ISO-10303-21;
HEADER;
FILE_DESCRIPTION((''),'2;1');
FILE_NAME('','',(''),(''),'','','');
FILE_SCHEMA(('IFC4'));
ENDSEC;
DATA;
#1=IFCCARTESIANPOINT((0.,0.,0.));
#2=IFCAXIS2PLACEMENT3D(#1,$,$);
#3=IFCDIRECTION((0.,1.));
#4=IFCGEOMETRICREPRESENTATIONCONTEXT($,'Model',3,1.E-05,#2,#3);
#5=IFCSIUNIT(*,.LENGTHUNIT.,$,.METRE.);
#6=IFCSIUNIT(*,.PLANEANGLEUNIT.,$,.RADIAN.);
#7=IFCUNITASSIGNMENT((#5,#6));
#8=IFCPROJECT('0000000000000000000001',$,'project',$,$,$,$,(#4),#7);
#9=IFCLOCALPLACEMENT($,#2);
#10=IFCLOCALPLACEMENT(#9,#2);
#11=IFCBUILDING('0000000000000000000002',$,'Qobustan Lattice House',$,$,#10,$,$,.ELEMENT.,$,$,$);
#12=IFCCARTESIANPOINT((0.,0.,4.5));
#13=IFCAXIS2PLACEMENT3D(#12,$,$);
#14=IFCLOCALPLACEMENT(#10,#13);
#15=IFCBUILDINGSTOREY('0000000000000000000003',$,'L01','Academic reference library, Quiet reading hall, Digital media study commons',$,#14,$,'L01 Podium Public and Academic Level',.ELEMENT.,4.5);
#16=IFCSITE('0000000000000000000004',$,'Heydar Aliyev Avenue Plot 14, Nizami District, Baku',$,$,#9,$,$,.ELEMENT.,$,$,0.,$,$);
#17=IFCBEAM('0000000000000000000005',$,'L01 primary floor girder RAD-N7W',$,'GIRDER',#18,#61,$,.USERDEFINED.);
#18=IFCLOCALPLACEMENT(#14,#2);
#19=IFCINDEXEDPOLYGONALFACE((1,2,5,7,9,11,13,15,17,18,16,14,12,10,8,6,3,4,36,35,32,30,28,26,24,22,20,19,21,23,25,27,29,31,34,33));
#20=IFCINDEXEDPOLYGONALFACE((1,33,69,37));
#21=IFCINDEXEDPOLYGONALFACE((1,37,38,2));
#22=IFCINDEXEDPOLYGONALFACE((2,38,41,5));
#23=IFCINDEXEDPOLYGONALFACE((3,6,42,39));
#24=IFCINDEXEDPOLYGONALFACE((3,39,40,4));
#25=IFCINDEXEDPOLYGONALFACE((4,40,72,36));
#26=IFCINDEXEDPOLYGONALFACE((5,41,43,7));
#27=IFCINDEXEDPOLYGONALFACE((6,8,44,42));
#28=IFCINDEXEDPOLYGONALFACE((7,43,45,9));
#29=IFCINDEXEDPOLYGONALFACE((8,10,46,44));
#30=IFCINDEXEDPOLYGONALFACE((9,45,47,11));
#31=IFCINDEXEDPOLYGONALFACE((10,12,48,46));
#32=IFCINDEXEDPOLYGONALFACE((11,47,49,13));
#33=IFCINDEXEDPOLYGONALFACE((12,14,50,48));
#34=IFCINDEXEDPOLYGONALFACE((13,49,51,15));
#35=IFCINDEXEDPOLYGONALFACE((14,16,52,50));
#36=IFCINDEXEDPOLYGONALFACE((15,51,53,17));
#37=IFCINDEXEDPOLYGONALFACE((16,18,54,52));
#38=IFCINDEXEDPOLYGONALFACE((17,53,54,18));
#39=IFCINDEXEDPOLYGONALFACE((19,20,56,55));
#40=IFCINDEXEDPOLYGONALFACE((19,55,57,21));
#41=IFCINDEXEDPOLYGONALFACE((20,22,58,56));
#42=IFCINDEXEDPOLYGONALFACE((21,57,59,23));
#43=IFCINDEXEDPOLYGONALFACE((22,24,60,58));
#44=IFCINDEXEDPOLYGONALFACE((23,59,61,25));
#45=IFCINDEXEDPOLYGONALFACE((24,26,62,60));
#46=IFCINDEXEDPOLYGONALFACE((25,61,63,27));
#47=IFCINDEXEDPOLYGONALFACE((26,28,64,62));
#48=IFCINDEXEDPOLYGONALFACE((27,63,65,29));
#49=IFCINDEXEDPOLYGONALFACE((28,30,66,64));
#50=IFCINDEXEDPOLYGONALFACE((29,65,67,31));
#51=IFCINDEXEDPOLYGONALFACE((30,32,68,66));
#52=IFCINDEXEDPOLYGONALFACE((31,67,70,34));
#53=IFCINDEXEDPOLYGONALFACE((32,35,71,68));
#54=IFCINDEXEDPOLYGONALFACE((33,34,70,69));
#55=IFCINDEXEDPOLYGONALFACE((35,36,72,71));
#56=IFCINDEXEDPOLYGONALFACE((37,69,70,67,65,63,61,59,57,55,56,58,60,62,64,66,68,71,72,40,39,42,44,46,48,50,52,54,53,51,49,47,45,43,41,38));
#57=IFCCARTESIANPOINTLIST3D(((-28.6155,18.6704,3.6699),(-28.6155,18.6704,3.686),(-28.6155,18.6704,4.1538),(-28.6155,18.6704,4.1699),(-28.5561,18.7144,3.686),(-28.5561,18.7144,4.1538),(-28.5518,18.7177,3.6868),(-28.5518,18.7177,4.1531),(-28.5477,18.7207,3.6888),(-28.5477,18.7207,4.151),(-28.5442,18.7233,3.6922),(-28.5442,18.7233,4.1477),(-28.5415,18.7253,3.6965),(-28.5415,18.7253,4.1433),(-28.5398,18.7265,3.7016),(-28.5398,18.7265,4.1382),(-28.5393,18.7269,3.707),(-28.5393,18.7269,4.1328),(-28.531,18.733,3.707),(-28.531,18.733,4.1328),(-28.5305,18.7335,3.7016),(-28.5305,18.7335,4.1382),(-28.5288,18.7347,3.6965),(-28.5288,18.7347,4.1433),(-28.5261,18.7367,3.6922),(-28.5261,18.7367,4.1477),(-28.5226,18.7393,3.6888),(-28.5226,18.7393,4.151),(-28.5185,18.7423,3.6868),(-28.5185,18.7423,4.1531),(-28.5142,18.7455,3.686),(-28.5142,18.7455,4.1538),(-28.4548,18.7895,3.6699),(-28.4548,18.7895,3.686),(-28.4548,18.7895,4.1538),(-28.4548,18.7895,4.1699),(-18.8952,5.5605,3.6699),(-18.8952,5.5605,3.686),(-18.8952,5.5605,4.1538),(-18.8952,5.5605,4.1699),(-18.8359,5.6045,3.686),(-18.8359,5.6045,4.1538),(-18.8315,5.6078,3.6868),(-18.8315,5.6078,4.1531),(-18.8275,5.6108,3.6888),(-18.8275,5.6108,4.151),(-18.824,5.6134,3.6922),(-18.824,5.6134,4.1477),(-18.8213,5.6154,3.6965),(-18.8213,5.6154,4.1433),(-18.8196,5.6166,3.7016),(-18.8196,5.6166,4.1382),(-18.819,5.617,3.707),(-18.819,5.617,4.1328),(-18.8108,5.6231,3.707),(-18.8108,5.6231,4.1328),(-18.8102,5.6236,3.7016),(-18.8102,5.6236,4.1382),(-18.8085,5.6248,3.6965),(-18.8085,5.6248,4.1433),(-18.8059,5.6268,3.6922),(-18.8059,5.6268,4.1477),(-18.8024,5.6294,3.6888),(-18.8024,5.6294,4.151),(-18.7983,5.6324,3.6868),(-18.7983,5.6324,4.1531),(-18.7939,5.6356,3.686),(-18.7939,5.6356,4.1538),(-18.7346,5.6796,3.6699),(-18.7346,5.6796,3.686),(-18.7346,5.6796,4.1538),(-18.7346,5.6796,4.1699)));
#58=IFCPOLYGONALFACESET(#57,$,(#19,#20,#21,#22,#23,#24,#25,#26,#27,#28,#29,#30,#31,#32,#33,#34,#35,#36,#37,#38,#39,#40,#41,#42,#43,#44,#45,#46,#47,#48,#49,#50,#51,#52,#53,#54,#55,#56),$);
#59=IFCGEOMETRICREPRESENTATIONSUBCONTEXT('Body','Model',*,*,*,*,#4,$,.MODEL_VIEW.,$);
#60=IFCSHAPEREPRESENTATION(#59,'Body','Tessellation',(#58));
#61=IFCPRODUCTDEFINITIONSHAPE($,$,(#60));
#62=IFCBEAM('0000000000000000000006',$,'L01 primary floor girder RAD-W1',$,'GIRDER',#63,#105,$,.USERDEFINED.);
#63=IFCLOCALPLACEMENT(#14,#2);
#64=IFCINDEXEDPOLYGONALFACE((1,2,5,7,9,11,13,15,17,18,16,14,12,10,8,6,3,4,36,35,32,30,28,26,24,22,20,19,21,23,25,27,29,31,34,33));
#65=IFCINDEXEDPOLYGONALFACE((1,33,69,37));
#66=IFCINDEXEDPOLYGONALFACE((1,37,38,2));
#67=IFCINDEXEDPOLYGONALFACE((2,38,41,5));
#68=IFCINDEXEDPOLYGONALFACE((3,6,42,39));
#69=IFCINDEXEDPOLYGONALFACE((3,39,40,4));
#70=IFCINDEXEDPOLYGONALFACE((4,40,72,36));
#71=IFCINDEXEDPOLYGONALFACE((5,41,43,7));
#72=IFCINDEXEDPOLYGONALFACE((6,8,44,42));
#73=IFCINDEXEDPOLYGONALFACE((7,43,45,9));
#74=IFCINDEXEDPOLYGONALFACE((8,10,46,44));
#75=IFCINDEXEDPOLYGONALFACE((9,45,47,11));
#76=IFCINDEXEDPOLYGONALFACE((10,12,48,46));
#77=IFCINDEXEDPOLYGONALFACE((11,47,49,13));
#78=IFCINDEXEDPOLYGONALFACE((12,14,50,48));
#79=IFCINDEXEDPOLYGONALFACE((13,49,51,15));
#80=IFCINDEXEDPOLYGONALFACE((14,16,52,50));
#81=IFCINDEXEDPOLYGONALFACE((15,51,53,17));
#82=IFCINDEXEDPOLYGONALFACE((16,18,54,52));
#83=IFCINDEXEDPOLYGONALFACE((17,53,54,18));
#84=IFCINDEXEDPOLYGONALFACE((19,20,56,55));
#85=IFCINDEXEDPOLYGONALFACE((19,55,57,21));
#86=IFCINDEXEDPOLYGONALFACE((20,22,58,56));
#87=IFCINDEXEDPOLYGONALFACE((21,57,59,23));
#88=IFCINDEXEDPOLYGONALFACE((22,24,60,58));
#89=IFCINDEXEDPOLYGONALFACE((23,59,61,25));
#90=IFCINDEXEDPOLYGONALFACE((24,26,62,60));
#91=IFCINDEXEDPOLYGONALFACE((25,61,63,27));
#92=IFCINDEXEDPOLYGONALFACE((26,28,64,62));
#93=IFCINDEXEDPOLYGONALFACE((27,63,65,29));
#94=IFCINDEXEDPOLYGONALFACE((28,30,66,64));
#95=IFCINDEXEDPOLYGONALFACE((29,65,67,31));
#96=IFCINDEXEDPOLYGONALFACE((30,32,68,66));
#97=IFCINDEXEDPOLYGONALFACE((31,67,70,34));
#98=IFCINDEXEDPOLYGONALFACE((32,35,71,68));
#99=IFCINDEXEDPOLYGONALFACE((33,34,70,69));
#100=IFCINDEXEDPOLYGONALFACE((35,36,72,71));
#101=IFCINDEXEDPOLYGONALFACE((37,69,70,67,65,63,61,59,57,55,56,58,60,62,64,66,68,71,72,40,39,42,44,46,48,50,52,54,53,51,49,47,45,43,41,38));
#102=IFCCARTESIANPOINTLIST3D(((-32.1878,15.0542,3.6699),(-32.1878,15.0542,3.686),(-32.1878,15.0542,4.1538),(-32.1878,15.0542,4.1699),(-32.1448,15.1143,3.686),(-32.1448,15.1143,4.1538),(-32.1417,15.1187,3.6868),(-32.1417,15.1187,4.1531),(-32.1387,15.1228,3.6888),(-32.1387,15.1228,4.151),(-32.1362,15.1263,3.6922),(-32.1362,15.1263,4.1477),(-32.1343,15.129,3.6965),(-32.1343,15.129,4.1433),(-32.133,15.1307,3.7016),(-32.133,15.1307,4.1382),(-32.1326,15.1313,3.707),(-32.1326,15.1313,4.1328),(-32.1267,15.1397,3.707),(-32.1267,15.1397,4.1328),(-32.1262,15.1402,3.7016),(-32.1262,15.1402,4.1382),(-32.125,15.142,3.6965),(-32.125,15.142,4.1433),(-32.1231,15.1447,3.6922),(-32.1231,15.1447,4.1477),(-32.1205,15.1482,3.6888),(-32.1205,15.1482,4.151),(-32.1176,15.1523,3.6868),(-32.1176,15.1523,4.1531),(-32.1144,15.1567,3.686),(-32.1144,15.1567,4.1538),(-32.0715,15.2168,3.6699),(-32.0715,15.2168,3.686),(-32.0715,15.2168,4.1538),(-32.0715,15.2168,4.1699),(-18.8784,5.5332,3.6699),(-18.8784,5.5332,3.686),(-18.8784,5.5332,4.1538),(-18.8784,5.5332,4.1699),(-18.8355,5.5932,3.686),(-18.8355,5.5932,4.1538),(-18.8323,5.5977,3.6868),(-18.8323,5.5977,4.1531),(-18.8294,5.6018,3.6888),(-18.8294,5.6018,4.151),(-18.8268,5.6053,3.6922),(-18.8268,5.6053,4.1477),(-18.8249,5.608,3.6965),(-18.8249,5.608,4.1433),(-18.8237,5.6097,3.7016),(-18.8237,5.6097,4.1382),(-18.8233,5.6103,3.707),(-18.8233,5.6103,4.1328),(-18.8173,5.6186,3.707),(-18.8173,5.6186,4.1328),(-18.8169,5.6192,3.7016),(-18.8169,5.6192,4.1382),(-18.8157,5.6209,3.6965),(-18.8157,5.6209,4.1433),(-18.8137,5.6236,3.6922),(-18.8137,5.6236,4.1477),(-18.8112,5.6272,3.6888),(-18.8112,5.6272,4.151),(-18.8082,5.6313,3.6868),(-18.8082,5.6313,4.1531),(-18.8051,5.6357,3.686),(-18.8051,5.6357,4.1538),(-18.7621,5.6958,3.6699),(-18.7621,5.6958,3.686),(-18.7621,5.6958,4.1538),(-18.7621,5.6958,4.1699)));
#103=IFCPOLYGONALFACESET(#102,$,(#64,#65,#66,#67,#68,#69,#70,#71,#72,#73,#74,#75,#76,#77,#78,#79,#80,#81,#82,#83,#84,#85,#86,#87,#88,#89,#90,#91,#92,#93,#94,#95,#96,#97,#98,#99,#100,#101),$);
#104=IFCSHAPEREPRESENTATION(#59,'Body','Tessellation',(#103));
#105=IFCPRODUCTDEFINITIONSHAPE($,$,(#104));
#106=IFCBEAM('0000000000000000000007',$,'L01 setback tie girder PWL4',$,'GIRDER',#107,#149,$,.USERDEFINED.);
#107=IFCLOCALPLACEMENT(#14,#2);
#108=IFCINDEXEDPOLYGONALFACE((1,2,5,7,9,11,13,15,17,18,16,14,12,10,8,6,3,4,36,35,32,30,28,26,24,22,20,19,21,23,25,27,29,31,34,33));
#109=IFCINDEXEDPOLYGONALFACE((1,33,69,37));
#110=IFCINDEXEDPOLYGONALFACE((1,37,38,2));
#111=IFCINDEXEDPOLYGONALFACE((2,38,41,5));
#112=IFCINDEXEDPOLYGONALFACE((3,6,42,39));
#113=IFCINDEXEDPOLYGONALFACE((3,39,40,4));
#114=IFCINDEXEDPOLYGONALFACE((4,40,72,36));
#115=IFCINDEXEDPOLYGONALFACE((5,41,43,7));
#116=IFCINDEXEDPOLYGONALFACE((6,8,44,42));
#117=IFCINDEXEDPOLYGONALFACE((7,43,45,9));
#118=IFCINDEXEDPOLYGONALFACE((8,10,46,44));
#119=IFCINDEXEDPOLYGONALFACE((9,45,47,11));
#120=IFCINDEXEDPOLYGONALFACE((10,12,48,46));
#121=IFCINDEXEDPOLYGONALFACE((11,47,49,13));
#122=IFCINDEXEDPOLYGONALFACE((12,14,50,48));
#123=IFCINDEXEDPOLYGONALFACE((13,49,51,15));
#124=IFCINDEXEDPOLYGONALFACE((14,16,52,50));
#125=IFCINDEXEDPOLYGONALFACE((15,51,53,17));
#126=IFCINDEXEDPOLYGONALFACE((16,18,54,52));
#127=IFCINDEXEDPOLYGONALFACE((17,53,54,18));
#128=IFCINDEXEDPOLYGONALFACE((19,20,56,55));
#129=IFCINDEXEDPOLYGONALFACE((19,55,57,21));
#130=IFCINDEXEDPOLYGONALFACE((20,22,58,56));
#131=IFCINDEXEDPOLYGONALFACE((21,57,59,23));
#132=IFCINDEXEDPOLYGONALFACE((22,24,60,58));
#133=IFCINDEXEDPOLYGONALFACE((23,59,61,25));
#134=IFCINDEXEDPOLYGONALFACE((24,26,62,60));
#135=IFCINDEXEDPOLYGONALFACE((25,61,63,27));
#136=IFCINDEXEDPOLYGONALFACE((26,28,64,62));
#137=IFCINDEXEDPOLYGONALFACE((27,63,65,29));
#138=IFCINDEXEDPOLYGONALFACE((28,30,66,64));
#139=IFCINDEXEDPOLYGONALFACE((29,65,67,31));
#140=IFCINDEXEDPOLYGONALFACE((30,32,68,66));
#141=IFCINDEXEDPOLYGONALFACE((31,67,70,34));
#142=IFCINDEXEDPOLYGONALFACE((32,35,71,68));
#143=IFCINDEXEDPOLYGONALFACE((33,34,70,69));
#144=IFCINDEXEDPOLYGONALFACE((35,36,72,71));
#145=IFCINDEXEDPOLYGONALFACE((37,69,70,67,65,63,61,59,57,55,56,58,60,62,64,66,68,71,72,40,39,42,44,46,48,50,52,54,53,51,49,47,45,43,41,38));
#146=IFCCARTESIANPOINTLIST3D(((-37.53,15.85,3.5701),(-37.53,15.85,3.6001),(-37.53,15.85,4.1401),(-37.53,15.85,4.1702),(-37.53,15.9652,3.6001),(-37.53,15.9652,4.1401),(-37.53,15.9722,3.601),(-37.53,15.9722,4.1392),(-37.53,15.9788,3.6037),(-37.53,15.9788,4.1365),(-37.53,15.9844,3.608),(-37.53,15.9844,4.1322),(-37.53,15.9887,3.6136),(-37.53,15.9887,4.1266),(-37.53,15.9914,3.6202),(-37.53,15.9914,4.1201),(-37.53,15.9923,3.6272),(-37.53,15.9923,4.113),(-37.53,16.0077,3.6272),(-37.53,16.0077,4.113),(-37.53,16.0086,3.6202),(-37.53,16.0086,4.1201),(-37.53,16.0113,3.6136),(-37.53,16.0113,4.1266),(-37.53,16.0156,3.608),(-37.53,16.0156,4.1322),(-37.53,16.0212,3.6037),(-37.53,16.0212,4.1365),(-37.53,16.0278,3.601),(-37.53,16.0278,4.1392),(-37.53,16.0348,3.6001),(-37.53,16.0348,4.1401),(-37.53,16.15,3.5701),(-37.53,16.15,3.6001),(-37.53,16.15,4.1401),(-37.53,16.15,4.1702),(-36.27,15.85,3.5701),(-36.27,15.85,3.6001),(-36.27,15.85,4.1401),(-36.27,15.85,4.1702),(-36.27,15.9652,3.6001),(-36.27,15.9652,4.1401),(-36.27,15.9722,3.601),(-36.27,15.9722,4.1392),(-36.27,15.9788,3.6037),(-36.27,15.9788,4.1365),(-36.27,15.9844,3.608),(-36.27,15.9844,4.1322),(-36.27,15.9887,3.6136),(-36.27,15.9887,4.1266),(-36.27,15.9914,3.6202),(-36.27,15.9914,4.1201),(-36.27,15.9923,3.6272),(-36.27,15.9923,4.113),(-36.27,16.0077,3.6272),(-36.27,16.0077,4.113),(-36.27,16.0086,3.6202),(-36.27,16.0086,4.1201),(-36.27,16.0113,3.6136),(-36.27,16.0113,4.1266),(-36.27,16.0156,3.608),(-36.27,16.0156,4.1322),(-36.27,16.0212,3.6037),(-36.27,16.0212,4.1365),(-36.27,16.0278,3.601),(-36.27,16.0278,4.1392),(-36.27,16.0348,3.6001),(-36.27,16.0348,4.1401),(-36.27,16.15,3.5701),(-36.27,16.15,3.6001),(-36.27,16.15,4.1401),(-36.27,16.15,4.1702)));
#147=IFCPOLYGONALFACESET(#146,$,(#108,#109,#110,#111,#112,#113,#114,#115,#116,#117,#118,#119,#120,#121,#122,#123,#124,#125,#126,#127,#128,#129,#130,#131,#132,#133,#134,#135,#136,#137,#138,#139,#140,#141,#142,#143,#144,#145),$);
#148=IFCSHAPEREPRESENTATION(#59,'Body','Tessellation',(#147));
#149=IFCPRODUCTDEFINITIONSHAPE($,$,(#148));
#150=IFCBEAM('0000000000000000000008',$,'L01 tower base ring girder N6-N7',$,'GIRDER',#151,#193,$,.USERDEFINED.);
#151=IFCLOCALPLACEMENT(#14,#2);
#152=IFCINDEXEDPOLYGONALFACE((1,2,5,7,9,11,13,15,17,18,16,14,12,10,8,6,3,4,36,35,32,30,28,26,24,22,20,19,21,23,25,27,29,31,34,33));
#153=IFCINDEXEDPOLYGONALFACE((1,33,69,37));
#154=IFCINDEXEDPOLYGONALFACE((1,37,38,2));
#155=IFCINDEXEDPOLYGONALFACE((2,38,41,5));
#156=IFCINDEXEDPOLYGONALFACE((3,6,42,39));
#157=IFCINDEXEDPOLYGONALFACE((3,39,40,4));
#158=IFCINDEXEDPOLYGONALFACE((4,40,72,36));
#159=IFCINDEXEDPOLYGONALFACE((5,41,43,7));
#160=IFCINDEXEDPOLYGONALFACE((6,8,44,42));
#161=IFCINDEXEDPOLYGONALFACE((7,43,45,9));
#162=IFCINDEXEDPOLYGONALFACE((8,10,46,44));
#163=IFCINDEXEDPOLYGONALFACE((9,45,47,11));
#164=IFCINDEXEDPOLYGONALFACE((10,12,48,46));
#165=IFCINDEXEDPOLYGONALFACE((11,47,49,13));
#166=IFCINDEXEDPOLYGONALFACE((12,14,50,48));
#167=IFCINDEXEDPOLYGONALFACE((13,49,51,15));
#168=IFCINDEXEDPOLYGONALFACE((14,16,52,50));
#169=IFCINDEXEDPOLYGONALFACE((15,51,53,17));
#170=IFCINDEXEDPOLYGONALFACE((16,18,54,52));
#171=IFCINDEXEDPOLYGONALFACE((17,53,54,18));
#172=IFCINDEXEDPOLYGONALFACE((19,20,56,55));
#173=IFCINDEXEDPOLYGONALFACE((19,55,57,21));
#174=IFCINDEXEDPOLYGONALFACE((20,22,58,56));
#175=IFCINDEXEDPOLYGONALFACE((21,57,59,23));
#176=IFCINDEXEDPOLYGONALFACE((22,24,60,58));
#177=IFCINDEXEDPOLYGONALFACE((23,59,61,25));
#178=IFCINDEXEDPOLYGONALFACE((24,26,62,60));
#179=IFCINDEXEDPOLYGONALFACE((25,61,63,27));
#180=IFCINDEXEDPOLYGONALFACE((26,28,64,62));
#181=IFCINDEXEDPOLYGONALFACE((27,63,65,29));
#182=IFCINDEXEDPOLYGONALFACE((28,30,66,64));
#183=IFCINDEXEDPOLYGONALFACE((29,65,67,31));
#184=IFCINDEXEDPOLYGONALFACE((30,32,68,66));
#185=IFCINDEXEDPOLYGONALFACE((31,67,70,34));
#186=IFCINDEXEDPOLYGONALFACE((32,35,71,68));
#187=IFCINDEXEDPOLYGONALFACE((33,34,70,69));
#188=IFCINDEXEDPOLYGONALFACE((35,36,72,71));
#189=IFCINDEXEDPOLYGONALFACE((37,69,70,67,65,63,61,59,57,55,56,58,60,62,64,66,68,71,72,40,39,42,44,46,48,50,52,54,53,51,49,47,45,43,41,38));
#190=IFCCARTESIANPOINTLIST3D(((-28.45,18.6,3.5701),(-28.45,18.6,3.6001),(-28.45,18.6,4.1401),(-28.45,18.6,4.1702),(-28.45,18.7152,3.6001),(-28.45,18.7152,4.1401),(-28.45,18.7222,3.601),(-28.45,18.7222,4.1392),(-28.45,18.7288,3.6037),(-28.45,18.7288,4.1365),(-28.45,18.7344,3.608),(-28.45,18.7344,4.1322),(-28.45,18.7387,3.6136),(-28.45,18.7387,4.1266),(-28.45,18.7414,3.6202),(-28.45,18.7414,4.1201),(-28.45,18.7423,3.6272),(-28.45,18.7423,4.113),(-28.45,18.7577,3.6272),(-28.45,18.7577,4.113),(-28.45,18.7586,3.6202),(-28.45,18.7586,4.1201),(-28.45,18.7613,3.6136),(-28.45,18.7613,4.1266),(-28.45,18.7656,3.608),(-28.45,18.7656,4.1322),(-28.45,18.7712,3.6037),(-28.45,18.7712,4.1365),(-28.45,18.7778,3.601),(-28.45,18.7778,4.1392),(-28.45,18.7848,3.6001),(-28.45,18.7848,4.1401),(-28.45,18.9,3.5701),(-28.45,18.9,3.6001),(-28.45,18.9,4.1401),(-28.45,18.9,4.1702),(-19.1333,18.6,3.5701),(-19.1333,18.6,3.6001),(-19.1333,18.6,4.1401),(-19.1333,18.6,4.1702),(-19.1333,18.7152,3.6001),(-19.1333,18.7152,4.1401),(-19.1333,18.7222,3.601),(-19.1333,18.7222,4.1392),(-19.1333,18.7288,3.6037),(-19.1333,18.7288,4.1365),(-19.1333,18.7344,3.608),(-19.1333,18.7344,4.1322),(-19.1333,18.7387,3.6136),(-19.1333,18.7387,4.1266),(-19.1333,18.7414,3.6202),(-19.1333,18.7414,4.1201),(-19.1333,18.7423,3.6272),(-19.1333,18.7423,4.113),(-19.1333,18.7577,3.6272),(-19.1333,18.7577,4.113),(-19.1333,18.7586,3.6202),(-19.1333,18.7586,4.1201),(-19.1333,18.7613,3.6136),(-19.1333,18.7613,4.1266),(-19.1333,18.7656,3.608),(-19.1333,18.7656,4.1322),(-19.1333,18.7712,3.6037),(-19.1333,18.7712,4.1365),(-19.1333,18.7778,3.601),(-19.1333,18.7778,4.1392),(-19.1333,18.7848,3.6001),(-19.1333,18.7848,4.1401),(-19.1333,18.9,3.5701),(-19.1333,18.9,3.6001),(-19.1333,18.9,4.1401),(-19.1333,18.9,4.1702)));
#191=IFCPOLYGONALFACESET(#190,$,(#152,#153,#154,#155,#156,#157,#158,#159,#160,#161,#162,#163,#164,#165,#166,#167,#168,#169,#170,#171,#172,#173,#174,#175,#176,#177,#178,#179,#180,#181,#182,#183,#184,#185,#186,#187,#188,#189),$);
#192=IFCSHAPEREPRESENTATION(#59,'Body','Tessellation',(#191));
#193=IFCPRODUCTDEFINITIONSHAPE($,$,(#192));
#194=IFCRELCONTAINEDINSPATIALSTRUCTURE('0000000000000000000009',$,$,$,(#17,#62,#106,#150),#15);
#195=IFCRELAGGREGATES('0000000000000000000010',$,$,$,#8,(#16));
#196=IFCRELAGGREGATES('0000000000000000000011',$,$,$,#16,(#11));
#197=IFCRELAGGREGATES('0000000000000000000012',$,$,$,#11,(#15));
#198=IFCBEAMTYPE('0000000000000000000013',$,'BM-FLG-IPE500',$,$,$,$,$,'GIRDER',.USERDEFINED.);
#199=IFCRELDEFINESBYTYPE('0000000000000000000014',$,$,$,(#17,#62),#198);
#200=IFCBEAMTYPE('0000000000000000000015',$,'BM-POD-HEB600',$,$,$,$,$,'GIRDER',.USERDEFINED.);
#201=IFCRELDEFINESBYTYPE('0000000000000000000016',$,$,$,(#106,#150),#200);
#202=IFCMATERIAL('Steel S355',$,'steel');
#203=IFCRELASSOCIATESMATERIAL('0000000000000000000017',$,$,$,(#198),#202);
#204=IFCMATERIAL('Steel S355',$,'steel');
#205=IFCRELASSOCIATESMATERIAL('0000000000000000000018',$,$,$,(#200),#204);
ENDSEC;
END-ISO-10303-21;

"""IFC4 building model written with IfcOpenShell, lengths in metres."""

from ifc_helpers import new_model, si_unit, direction, frame, origin, origin_2d, place, context, subcontext, project, spatial, i_section, extrude, material, material_profile, profile_set, type_object, element, save


model = new_model("IFC4")

# Units and contexts
model_context = context("Model", 3, precision=1e-05, world=origin(), true_north=direction((0.0, 1.0)))
body_context = subcontext(model_context, "Body", "Model", "MODEL_VIEW")
ifc_project = project(units=[si_unit("LENGTHUNIT", "METRE"), si_unit("PLANEANGLEUNIT", "RADIAN")], contexts=[model_context])

# Site, building, storey
site_placement = place(None, origin())
site = spatial("IfcSite", under=ifc_project, at=site_placement, Name="Heydar Aliyev Avenue Plot 14, Nizami District, Baku", CompositionType="ELEMENT", RefElevation=0.0)
building_placement = place(site_placement, origin())
building = spatial("IfcBuilding", under=site, at=building_placement, Name="Qobustan Lattice House", CompositionType="ELEMENT")
storey_placement = place(building_placement, frame((0.0, 0.0, 4.5)))
storey = spatial("IfcBuildingStorey", under=building, at=storey_placement, Name="L01", Description="Academic reference library, Quiet reading hall, Digital media study commons", LongName="L01 Podium Public and Academic Level", CompositionType="ELEMENT", Elevation=4.5)

# Beams
ifc_material_1 = material(Name="Steel S355", Category="steel")
ifc_material_profile_1 = material_profile(ifc_material_1, i_section(OverallWidth=0.2, OverallDepth=0.5, WebThickness=0.0103, FlangeThickness=0.0161, FilletRadius=0.021, at=origin_2d()), Name="IPE500")
ifc_profile_set_1 = profile_set([ifc_material_profile_1], Name="Steel S355")
beam_type_1 = type_object("IfcBeamType", Name="BM-FLG-IPE500", ElementType="GIRDER", PredefinedType="USERDEFINED", material=ifc_profile_set_1)
beam_1_placement = place(storey_placement, frame((-28.5352, 18.73, 3.9199), z_axis=(0.595592, -0.803287, 0.0), x_axis=(0.803287, 0.595592, 0.0)))
element("IfcBeam", 1, at=beam_1_placement, inside=storey, type_object=beam_type_1, Name="L01 primary floor girder RAD-N7W", ObjectType="GIRDER", PredefinedType="USERDEFINED", context=body_context, shape_type="SweptSolid", body=[
    extrude(i_section(OverallWidth=0.2, OverallDepth=0.5, WebThickness=0.0103, FlangeThickness=0.0161, FilletRadius=0.021, at=origin_2d()), origin(), (0.0, 0.0, 1.0), 16.3203),
])
beam_2_placement = place(storey_placement, frame((-32.1296, 15.1355, 3.9199), z_axis=(0.813319, -0.581818, 0.0), x_axis=(0.581818, 0.813319, 0.0)))
element("IfcBeam", 2, at=beam_2_placement, inside=storey, type_object=beam_type_1, Name="L01 primary floor girder RAD-W1", ObjectType="GIRDER", PredefinedType="USERDEFINED", context=body_context, shape_type="SweptSolid", body=[
    extrude(i_section(OverallWidth=0.2, OverallDepth=0.5, WebThickness=0.0103, FlangeThickness=0.0161, FilletRadius=0.021, at=origin_2d()), origin(), (0.0, 0.0, 1.0), 16.3643),
])
ifc_material_2 = material(Name="Steel S355", Category="steel")
ifc_material_profile_2 = material_profile(ifc_material_2, i_section(OverallWidth=0.3, OverallDepth=0.6001, WebThickness=0.0154, FlangeThickness=0.03, FilletRadius=0.0271, at=origin_2d()), Name="HEB600")
ifc_profile_set_2 = profile_set([ifc_material_profile_2], Name="Steel S355")
beam_type_2 = type_object("IfcBeamType", Name="BM-POD-HEB600", ElementType="GIRDER", PredefinedType="USERDEFINED", material=ifc_profile_set_2)
beam_3_placement = place(storey_placement, frame((-37.53, 16.0, 3.8701), z_axis=(1.0, 0.0, 0.0), x_axis=(0.0, 1.0, 0.0)))
element("IfcBeam", 3, at=beam_3_placement, inside=storey, type_object=beam_type_2, Name="L01 setback tie girder PWL4", ObjectType="GIRDER", PredefinedType="USERDEFINED", context=body_context, shape_type="SweptSolid", body=[
    extrude(i_section(OverallWidth=0.3, OverallDepth=0.6001, WebThickness=0.0154, FlangeThickness=0.03, FilletRadius=0.0271, at=origin_2d()), origin(), (0.0, 0.0, 1.0), 1.26),
])
beam_4_placement = place(storey_placement, frame((-19.1333, 18.75, 3.8701), z_axis=(-1.0, 0.0, 0.0), x_axis=(0.0, -1.0, 0.0)))
element("IfcBeam", 4, at=beam_4_placement, inside=storey, type_object=beam_type_2, Name="L01 tower base ring girder N6-N7", ObjectType="GIRDER", PredefinedType="USERDEFINED", context=body_context, shape_type="SweptSolid", body=[
    extrude(i_section(OverallWidth=0.3, OverallDepth=0.6001, WebThickness=0.0154, FlangeThickness=0.03, FilletRadius=0.0271, at=origin_2d()), origin(), (0.0, 0.0, 1.0), 9.3167),
])

save(model, "model.ifc")
